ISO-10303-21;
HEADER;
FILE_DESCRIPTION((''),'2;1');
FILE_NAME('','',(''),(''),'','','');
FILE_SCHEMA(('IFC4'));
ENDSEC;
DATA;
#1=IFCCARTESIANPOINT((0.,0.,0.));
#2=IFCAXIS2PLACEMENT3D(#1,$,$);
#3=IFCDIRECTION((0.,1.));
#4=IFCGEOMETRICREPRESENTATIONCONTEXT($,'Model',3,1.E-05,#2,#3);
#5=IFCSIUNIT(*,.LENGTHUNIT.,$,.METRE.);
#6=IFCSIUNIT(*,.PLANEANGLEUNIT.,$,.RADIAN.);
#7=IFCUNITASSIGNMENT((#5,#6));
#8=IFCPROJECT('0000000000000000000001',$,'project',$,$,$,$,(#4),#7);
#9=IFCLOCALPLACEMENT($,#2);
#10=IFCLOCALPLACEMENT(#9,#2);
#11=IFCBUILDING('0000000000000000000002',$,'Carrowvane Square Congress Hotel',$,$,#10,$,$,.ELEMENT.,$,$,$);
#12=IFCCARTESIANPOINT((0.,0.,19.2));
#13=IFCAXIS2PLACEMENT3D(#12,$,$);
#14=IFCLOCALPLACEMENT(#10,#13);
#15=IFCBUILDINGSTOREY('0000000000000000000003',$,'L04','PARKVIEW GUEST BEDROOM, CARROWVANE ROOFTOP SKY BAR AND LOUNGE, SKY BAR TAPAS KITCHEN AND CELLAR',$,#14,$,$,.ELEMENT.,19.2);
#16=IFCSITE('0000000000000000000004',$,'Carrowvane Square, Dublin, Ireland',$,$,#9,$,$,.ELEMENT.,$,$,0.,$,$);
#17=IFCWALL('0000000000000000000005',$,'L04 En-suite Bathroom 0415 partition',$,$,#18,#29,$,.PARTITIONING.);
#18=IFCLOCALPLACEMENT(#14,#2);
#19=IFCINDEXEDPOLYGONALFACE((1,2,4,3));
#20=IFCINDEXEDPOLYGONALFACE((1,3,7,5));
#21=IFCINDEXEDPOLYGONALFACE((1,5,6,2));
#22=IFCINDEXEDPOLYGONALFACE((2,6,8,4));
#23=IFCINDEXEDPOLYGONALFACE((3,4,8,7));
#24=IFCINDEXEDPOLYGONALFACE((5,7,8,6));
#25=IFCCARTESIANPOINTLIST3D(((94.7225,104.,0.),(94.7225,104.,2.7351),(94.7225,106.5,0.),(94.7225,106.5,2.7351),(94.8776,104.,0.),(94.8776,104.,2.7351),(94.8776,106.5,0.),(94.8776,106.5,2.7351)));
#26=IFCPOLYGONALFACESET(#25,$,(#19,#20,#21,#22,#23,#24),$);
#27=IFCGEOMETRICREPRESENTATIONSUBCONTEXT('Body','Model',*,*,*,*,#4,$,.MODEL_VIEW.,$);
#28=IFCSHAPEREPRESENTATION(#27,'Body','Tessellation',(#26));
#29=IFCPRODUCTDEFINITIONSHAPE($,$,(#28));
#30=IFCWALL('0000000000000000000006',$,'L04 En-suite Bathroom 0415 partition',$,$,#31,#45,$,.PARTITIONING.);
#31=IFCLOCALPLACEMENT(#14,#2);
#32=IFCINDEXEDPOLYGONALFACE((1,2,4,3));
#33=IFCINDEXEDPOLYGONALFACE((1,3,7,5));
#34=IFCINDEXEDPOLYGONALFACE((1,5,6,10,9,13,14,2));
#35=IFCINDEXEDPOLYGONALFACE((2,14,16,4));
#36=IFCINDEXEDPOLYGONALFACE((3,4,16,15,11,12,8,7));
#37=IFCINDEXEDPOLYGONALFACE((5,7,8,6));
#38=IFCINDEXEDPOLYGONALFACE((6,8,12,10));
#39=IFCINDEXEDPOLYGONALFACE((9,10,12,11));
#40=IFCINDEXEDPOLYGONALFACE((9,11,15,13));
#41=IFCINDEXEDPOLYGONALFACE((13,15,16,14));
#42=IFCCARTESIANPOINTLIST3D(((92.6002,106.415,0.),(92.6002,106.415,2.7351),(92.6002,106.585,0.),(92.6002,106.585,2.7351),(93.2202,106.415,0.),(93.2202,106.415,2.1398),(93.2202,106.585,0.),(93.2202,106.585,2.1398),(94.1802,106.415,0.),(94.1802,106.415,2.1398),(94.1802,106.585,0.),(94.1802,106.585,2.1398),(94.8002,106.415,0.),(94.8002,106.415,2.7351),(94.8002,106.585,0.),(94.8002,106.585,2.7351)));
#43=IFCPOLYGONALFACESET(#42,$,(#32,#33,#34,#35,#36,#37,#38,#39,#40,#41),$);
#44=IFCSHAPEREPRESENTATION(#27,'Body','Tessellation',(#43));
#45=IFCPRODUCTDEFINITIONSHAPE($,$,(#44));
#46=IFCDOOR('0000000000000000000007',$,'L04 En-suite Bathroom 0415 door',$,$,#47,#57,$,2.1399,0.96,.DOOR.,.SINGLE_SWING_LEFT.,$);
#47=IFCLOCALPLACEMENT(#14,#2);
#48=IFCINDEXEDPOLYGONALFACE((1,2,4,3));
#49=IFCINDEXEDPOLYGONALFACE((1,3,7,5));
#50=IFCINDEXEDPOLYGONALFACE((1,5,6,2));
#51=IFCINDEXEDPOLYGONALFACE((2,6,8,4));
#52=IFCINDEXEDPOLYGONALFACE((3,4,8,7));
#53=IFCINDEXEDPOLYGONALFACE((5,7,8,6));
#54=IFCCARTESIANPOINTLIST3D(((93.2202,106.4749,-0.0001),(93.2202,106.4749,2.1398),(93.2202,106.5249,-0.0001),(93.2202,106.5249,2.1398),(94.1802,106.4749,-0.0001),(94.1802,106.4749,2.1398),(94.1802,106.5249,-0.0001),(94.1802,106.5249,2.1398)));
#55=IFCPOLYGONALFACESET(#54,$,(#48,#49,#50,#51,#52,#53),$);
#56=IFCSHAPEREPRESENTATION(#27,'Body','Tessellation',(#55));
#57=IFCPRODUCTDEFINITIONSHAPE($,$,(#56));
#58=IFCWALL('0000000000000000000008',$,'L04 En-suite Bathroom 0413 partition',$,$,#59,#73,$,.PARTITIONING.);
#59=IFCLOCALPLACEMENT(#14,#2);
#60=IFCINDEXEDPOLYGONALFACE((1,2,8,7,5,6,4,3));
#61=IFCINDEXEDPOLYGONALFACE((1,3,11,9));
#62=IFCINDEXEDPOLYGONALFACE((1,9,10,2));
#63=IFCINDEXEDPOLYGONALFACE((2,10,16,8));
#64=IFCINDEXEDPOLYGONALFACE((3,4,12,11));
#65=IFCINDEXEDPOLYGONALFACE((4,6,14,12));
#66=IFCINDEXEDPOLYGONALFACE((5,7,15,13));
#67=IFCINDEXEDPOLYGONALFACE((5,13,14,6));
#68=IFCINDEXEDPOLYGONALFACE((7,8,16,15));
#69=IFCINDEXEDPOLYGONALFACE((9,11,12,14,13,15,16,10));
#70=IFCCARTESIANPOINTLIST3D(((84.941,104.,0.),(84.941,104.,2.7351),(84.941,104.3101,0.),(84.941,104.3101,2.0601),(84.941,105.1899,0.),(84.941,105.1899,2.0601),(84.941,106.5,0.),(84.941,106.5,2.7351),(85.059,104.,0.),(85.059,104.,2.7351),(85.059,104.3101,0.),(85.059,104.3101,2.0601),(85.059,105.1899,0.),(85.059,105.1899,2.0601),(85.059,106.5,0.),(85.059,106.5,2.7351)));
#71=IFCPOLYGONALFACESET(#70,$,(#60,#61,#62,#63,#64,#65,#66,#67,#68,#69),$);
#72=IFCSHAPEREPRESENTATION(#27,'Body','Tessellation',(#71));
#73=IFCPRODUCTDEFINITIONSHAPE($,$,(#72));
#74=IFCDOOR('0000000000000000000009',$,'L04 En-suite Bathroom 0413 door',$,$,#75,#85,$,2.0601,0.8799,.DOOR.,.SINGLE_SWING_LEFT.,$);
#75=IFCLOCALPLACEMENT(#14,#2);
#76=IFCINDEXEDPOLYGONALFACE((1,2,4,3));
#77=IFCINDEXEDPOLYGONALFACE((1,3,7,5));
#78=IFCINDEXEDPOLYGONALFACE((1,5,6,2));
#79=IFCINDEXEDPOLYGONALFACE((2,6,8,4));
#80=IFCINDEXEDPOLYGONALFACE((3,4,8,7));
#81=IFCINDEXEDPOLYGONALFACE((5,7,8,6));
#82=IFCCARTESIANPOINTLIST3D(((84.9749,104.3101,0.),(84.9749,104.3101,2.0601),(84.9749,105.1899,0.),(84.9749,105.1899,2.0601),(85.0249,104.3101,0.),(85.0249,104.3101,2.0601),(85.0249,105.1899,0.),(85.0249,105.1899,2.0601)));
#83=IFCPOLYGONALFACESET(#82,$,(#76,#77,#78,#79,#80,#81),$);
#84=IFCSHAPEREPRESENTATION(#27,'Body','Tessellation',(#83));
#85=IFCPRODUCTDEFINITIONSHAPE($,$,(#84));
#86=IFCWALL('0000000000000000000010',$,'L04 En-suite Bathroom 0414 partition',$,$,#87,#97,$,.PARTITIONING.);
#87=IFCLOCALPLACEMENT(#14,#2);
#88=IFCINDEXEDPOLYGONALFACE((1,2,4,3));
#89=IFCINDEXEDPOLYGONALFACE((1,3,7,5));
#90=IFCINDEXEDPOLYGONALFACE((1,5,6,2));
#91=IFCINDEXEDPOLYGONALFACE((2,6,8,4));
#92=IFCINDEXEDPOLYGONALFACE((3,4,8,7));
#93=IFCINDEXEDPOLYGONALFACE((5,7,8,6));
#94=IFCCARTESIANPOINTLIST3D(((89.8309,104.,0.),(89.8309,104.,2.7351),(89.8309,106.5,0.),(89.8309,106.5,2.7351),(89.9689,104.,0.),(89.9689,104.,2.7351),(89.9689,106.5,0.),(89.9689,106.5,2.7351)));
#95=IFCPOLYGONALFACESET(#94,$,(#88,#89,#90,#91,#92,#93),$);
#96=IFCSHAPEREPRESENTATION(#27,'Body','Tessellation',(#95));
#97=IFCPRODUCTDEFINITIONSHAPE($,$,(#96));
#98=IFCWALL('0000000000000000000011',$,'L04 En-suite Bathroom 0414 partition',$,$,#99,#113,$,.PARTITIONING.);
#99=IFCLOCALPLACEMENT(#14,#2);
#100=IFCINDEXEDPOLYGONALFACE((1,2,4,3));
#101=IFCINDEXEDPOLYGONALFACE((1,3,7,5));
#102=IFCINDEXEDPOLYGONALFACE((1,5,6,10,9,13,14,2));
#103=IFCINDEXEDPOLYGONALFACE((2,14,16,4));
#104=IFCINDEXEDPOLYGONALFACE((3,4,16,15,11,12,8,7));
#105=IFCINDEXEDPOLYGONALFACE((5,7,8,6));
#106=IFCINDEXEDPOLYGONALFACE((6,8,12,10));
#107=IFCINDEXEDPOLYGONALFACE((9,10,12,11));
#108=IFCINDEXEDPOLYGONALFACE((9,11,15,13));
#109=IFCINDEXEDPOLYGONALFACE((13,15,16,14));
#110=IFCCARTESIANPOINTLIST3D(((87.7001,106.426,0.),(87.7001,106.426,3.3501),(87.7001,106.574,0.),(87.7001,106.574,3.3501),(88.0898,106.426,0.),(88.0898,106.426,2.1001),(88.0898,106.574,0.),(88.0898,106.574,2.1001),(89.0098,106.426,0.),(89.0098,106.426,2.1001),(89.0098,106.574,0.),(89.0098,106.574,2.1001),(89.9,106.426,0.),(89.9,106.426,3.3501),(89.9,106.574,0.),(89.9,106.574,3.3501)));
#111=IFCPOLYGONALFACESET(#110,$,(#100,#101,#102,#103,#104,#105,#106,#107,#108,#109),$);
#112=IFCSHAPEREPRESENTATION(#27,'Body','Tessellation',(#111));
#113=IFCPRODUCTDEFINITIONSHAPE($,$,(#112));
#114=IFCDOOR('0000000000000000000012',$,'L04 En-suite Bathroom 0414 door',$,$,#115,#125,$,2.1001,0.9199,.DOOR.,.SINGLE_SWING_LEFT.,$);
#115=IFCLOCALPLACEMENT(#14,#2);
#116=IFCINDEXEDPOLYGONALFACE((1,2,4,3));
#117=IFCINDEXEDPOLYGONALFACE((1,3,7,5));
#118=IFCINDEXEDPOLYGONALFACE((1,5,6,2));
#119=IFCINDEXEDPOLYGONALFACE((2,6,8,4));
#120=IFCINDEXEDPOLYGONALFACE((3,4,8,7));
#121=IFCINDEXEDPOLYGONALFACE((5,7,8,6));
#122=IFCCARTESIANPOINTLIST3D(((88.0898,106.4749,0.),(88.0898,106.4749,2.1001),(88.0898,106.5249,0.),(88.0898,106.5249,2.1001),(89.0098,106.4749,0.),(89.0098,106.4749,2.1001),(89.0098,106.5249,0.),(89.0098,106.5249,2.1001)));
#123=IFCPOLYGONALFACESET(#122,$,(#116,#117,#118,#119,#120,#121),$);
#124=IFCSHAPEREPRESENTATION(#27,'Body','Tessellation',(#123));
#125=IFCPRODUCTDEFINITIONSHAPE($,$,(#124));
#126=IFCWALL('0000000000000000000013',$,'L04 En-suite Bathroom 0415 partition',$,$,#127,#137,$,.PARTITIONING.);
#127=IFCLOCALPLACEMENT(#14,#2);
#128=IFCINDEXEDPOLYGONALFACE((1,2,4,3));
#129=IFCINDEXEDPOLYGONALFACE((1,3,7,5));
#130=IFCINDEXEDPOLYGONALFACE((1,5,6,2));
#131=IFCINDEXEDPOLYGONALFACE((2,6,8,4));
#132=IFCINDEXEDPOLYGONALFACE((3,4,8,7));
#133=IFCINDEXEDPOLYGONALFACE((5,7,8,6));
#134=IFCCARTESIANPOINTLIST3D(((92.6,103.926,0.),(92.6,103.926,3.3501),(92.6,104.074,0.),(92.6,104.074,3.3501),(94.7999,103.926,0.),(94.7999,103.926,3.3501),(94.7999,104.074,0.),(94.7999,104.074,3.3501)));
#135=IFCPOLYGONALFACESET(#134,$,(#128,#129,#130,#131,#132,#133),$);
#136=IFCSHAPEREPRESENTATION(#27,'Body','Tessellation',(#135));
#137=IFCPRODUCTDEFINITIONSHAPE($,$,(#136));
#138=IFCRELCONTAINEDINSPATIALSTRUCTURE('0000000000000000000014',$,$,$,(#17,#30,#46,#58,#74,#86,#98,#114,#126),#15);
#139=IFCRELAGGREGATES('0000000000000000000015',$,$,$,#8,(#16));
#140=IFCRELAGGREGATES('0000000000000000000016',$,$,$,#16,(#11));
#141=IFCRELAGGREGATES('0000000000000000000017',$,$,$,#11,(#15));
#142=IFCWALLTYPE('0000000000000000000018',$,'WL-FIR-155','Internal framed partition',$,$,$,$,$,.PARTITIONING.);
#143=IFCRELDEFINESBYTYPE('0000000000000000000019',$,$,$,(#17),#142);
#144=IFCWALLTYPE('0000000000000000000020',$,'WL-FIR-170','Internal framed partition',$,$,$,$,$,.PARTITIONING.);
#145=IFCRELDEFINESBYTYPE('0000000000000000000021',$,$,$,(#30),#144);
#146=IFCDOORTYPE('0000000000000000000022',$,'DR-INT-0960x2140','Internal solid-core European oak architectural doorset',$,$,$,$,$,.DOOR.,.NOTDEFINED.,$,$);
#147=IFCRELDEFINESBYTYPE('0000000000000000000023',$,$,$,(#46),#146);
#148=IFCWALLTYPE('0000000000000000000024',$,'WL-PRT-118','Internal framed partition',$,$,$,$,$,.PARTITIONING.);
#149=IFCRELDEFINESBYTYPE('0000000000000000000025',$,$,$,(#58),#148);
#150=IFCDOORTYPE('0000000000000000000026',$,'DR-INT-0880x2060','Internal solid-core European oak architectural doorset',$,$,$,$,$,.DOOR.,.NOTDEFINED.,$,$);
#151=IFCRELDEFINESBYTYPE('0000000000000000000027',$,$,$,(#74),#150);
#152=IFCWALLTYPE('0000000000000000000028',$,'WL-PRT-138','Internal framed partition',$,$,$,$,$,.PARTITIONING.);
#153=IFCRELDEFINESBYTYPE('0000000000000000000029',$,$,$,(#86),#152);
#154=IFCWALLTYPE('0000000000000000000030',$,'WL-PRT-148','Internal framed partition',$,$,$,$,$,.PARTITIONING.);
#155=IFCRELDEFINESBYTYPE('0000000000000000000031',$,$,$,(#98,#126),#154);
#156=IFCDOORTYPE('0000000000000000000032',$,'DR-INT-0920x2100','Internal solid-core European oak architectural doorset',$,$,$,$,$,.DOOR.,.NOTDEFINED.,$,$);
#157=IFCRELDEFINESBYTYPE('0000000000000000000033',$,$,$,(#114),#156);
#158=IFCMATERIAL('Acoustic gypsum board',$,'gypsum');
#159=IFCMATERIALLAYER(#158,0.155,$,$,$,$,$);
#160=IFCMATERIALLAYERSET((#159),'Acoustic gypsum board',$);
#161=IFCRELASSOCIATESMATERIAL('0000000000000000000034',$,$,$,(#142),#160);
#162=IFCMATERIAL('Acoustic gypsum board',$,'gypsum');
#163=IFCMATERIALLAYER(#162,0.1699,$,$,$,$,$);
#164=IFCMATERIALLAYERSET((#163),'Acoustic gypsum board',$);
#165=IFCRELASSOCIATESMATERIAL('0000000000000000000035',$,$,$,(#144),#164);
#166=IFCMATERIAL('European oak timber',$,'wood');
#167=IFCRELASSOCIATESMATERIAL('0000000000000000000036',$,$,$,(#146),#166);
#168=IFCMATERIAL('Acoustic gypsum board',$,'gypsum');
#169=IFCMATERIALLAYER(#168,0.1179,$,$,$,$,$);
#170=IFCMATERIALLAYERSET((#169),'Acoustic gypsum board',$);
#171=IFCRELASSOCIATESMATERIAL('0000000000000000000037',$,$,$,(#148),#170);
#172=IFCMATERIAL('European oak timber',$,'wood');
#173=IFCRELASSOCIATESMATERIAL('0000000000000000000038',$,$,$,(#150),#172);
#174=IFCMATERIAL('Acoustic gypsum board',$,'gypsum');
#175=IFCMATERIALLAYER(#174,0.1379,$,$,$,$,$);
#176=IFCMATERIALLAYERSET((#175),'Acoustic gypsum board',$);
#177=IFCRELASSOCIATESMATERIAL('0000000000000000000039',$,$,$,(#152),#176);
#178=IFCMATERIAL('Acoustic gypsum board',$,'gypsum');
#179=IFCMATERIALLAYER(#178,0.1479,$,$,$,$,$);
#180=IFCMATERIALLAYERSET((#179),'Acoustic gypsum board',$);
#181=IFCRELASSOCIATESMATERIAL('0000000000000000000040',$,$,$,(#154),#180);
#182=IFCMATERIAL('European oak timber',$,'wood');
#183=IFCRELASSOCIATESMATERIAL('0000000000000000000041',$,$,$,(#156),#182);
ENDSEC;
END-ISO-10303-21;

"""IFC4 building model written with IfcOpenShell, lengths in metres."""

from ifc_helpers import new_model, si_unit, direction, frame, frame_2d, origin, place, context, subcontext, project, spatial, rectangle, extrude, material, layer, layer_set, type_object, element, fill, save


model = new_model("IFC4")

# Units and contexts
model_context = context("Model", 3, precision=1e-05, world=origin(), true_north=direction((0.0, 1.0)))
body_context = subcontext(model_context, "Body", "Model", "MODEL_VIEW")
ifc_project = project(units=[si_unit("LENGTHUNIT", "METRE"), si_unit("PLANEANGLEUNIT", "RADIAN")], contexts=[model_context])

# Site, building, storey
site_placement = place(None, origin())
site = spatial("IfcSite", under=ifc_project, at=site_placement, Name="Carrowvane Square, Dublin, Ireland", CompositionType="ELEMENT", RefElevation=0.0)
building_placement = place(site_placement, origin())
building = spatial("IfcBuilding", under=site, at=building_placement, Name="Carrowvane Square Congress Hotel", CompositionType="ELEMENT")
storey_placement = place(building_placement, frame((0.0, 0.0, 19.2)))
storey = spatial("IfcBuildingStorey", under=building, at=storey_placement, Name="L04", Description="PARKVIEW GUEST BEDROOM, CARROWVANE ROOFTOP SKY BAR AND LOUNGE, SKY BAR TAPAS KITCHEN AND CELLAR", CompositionType="ELEMENT", Elevation=19.2)

# Wall
ifc_material_1 = material(Name="Acoustic gypsum board", Category="gypsum")
ifc_layer_1 = layer(ifc_material_1, 0.155)
ifc_layer_set_1 = layer_set([ifc_layer_1], Name="Acoustic gypsum board")
wall_type_1 = type_object("IfcWallType", Name="WL-FIR-155", Description="Internal framed partition", PredefinedType="PARTITIONING", material=ifc_layer_set_1)
wall_1_placement = place(storey_placement, frame((94.8, 106.5, 0.0), z_axis=(0.0, 0.0, 1.0), x_axis=(0.0, -1.0, 0.0)))
element("IfcWall", 1, at=wall_1_placement, inside=storey, type_object=wall_type_1, Name="L04 En-suite Bathroom 0415 partition", PredefinedType="PARTITIONING", context=body_context, shape_type="SweptSolid", body=[
    extrude(rectangle(XDim=2.5, YDim=0.155, at=frame_2d((1.25, 0.0))), origin(), (0.0, 0.0, 1.0), 2.7351),
])

# Walls, openings, doors
ifc_material_2 = material(Name="Acoustic gypsum board", Category="gypsum")
ifc_layer_2 = layer(ifc_material_2, 0.1699)
ifc_layer_set_2 = layer_set([ifc_layer_2], Name="Acoustic gypsum board")
wall_type_2 = type_object("IfcWallType", Name="WL-FIR-170", Description="Internal framed partition", PredefinedType="PARTITIONING", material=ifc_layer_set_2)
wall_2_placement = place(storey_placement, frame((92.6001, 106.5, 0.0), z_axis=(0.0, 0.0, 1.0), x_axis=(1.0, 0.0, 0.0)))
wall_2 = element("IfcWall", 2, at=wall_2_placement, inside=storey, type_object=wall_type_2, Name="L04 En-suite Bathroom 0415 partition", PredefinedType="PARTITIONING", context=body_context, shape_type="SweptSolid", body=[
    extrude(rectangle(XDim=2.2, YDim=0.1699, at=frame_2d((1.1001, 0.0))), origin(), (0.0, 0.0, 1.0), 2.7351),
])
opening_1_placement = place(wall_2_placement, frame((0.6201, 0.0, 0.0)))
opening_1 = element("IfcOpeningElement", 3, at=opening_1_placement, cuts=wall_2, PredefinedType="OPENING", context=body_context, shape_type="SweptSolid", body=[
    extrude(rectangle(XDim=0.96, YDim=2.1399, at=frame_2d((0.48, 1.0698))), frame((0.0, 0.095, 0.0), z_axis=(0.0, -1.0, 0.0), x_axis=(1.0, 0.0, 0.0)), (0.0, 0.0, 1.0), 0.1899),
])
ifc_material_3 = material(Name="European oak timber", Category="wood")
door_type_1 = type_object("IfcDoorType", Name="DR-INT-0960x2140", Description="Internal solid-core European oak architectural doorset", OperationType="NOTDEFINED", PredefinedType="DOOR", material=ifc_material_3)
door_1_placement = place(opening_1_placement, origin())
door_1 = element("IfcDoor", 4, at=door_1_placement, inside=storey, type_object=door_type_1, Name="L04 En-suite Bathroom 0415 door", OperationType="SINGLE_SWING_LEFT", OverallHeight=2.1399, OverallWidth=0.96, PredefinedType="DOOR", context=body_context, shape_type="SweptSolid", body=[
    extrude(rectangle(XDim=0.96, YDim=2.1399, at=frame_2d((0.48, 1.0698))), frame((0.0, 0.0249, 0.0), z_axis=(0.0, -1.0, 0.0), x_axis=(1.0, 0.0, 0.0)), (0.0, 0.0, 1.0), 0.05),
])
fill(opening_1, door_1)
ifc_material_4 = material(Name="Acoustic gypsum board", Category="gypsum")
ifc_layer_3 = layer(ifc_material_4, 0.1179)
ifc_layer_set_3 = layer_set([ifc_layer_3], Name="Acoustic gypsum board")
wall_type_3 = type_object("IfcWallType", Name="WL-PRT-118", Description="Internal framed partition", PredefinedType="PARTITIONING", material=ifc_layer_set_3)
wall_3_placement = place(storey_placement, frame((85.0, 106.5, 0.0), z_axis=(0.0, 0.0, 1.0), x_axis=(0.0, -1.0, 0.0)))
wall_3 = element("IfcWall", 5, at=wall_3_placement, inside=storey, type_object=wall_type_3, Name="L04 En-suite Bathroom 0413 partition", PredefinedType="PARTITIONING", context=body_context, shape_type="SweptSolid", body=[
    extrude(rectangle(XDim=2.5, YDim=0.1179, at=frame_2d((1.25, 0.0))), origin(), (0.0, 0.0, 1.0), 2.7351),
])
opening_2_placement = place(wall_3_placement, frame((1.3101, 0.0, 0.0)))
opening_2 = element("IfcOpeningElement", 6, at=opening_2_placement, cuts=wall_3, PredefinedType="OPENING", context=body_context, shape_type="SweptSolid", body=[
    extrude(rectangle(XDim=0.8799, YDim=2.0601, at=frame_2d((0.4399, 1.03))), frame((0.0, 0.0688, 0.0), z_axis=(0.0, -1.0, 0.0), x_axis=(1.0, 0.0, 0.0)), (0.0, 0.0, 1.0), 0.1379),
])
ifc_material_5 = material(Name="European oak timber", Category="wood")
door_type_2 = type_object("IfcDoorType", Name="DR-INT-0880x2060", Description="Internal solid-core European oak architectural doorset", OperationType="NOTDEFINED", PredefinedType="DOOR", material=ifc_material_5)
door_2_placement = place(opening_2_placement, origin())
door_2 = element("IfcDoor", 7, at=door_2_placement, inside=storey, type_object=door_type_2, Name="L04 En-suite Bathroom 0413 door", OperationType="SINGLE_SWING_LEFT", OverallHeight=2.0601, OverallWidth=0.8799, PredefinedType="DOOR", context=body_context, shape_type="SweptSolid", body=[
    extrude(rectangle(XDim=0.8799, YDim=2.0601, at=frame_2d((0.4399, 1.03))), frame((0.0, 0.0249, 0.0), z_axis=(0.0, -1.0, 0.0), x_axis=(1.0, 0.0, 0.0)), (0.0, 0.0, 1.0), 0.05),
])
fill(opening_2, door_2)

# Wall
ifc_material_6 = material(Name="Acoustic gypsum board", Category="gypsum")
ifc_layer_4 = layer(ifc_material_6, 0.1379)
ifc_layer_set_4 = layer_set([ifc_layer_4], Name="Acoustic gypsum board")
wall_type_4 = type_object("IfcWallType", Name="WL-PRT-138", Description="Internal framed partition", PredefinedType="PARTITIONING", material=ifc_layer_set_4)
wall_4_placement = place(storey_placement, frame((89.8999, 106.5, 0.0), z_axis=(0.0, 0.0, 1.0), x_axis=(0.0, -1.0, 0.0)))
element("IfcWall", 8, at=wall_4_placement, inside=storey, type_object=wall_type_4, Name="L04 En-suite Bathroom 0414 partition", PredefinedType="PARTITIONING", context=body_context, shape_type="SweptSolid", body=[
    extrude(rectangle(XDim=2.5, YDim=0.1379, at=frame_2d((1.25, 0.0))), origin(), (0.0, 0.0, 1.0), 2.7351),
])

# Wall, opening, door
ifc_material_7 = material(Name="Acoustic gypsum board", Category="gypsum")
ifc_layer_5 = layer(ifc_material_7, 0.1479)
ifc_layer_set_5 = layer_set([ifc_layer_5], Name="Acoustic gypsum board")
wall_type_5 = type_object("IfcWallType", Name="WL-PRT-148", Description="Internal framed partition", PredefinedType="PARTITIONING", material=ifc_layer_set_5)
wall_5_placement = place(storey_placement, frame((87.7, 106.5, 0.0), z_axis=(0.0, 0.0, 1.0), x_axis=(1.0, 0.0, 0.0)))
wall_5 = element("IfcWall", 9, at=wall_5_placement, inside=storey, type_object=wall_type_5, Name="L04 En-suite Bathroom 0414 partition", PredefinedType="PARTITIONING", context=body_context, shape_type="SweptSolid", body=[
    extrude(rectangle(XDim=2.2, YDim=0.1479, at=frame_2d((1.1001, 0.0))), origin(), (0.0, 0.0, 1.0), 3.3501),
])
opening_3_placement = place(wall_5_placement, frame((0.3899, 0.0, 0.0)))
opening_3 = element("IfcOpeningElement", 10, at=opening_3_placement, cuts=wall_5, PredefinedType="OPENING", context=body_context, shape_type="SweptSolid", body=[
    extrude(rectangle(XDim=0.9199, YDim=2.1001, at=frame_2d((0.46, 1.05))), frame((0.0, 0.084, 0.0), z_axis=(0.0, -1.0, 0.0), x_axis=(1.0, 0.0, 0.0)), (0.0, 0.0, 1.0), 0.168),
])
ifc_material_8 = material(Name="European oak timber", Category="wood")
door_type_3 = type_object("IfcDoorType", Name="DR-INT-0920x2100", Description="Internal solid-core European oak architectural doorset", OperationType="NOTDEFINED", PredefinedType="DOOR", material=ifc_material_8)
door_3_placement = place(opening_3_placement, origin())
door_3 = element("IfcDoor", 11, at=door_3_placement, inside=storey, type_object=door_type_3, Name="L04 En-suite Bathroom 0414 door", OperationType="SINGLE_SWING_LEFT", OverallHeight=2.1001, OverallWidth=0.9199, PredefinedType="DOOR", context=body_context, shape_type="SweptSolid", body=[
    extrude(rectangle(XDim=0.9199, YDim=2.1001, at=frame_2d((0.46, 1.05))), frame((0.0, 0.0249, 0.0), z_axis=(0.0, -1.0, 0.0), x_axis=(1.0, 0.0, 0.0)), (0.0, 0.0, 1.0), 0.05),
])
fill(opening_3, door_3)

# Wall
wall_6_placement = place(storey_placement, frame((94.8, 104.0, 0.0), z_axis=(0.0, 0.0, 1.0), x_axis=(-1.0, 0.0, 0.0)))
element("IfcWall", 12, at=wall_6_placement, inside=storey, type_object=wall_type_5, Name="L04 En-suite Bathroom 0415 partition", PredefinedType="PARTITIONING", context=body_context, shape_type="SweptSolid", body=[
    extrude(rectangle(XDim=2.2, YDim=0.1479, at=frame_2d((1.1001, 0.0))), origin(), (0.0, 0.0, 1.0), 3.3501),
])

save(model, "model.ifc")
